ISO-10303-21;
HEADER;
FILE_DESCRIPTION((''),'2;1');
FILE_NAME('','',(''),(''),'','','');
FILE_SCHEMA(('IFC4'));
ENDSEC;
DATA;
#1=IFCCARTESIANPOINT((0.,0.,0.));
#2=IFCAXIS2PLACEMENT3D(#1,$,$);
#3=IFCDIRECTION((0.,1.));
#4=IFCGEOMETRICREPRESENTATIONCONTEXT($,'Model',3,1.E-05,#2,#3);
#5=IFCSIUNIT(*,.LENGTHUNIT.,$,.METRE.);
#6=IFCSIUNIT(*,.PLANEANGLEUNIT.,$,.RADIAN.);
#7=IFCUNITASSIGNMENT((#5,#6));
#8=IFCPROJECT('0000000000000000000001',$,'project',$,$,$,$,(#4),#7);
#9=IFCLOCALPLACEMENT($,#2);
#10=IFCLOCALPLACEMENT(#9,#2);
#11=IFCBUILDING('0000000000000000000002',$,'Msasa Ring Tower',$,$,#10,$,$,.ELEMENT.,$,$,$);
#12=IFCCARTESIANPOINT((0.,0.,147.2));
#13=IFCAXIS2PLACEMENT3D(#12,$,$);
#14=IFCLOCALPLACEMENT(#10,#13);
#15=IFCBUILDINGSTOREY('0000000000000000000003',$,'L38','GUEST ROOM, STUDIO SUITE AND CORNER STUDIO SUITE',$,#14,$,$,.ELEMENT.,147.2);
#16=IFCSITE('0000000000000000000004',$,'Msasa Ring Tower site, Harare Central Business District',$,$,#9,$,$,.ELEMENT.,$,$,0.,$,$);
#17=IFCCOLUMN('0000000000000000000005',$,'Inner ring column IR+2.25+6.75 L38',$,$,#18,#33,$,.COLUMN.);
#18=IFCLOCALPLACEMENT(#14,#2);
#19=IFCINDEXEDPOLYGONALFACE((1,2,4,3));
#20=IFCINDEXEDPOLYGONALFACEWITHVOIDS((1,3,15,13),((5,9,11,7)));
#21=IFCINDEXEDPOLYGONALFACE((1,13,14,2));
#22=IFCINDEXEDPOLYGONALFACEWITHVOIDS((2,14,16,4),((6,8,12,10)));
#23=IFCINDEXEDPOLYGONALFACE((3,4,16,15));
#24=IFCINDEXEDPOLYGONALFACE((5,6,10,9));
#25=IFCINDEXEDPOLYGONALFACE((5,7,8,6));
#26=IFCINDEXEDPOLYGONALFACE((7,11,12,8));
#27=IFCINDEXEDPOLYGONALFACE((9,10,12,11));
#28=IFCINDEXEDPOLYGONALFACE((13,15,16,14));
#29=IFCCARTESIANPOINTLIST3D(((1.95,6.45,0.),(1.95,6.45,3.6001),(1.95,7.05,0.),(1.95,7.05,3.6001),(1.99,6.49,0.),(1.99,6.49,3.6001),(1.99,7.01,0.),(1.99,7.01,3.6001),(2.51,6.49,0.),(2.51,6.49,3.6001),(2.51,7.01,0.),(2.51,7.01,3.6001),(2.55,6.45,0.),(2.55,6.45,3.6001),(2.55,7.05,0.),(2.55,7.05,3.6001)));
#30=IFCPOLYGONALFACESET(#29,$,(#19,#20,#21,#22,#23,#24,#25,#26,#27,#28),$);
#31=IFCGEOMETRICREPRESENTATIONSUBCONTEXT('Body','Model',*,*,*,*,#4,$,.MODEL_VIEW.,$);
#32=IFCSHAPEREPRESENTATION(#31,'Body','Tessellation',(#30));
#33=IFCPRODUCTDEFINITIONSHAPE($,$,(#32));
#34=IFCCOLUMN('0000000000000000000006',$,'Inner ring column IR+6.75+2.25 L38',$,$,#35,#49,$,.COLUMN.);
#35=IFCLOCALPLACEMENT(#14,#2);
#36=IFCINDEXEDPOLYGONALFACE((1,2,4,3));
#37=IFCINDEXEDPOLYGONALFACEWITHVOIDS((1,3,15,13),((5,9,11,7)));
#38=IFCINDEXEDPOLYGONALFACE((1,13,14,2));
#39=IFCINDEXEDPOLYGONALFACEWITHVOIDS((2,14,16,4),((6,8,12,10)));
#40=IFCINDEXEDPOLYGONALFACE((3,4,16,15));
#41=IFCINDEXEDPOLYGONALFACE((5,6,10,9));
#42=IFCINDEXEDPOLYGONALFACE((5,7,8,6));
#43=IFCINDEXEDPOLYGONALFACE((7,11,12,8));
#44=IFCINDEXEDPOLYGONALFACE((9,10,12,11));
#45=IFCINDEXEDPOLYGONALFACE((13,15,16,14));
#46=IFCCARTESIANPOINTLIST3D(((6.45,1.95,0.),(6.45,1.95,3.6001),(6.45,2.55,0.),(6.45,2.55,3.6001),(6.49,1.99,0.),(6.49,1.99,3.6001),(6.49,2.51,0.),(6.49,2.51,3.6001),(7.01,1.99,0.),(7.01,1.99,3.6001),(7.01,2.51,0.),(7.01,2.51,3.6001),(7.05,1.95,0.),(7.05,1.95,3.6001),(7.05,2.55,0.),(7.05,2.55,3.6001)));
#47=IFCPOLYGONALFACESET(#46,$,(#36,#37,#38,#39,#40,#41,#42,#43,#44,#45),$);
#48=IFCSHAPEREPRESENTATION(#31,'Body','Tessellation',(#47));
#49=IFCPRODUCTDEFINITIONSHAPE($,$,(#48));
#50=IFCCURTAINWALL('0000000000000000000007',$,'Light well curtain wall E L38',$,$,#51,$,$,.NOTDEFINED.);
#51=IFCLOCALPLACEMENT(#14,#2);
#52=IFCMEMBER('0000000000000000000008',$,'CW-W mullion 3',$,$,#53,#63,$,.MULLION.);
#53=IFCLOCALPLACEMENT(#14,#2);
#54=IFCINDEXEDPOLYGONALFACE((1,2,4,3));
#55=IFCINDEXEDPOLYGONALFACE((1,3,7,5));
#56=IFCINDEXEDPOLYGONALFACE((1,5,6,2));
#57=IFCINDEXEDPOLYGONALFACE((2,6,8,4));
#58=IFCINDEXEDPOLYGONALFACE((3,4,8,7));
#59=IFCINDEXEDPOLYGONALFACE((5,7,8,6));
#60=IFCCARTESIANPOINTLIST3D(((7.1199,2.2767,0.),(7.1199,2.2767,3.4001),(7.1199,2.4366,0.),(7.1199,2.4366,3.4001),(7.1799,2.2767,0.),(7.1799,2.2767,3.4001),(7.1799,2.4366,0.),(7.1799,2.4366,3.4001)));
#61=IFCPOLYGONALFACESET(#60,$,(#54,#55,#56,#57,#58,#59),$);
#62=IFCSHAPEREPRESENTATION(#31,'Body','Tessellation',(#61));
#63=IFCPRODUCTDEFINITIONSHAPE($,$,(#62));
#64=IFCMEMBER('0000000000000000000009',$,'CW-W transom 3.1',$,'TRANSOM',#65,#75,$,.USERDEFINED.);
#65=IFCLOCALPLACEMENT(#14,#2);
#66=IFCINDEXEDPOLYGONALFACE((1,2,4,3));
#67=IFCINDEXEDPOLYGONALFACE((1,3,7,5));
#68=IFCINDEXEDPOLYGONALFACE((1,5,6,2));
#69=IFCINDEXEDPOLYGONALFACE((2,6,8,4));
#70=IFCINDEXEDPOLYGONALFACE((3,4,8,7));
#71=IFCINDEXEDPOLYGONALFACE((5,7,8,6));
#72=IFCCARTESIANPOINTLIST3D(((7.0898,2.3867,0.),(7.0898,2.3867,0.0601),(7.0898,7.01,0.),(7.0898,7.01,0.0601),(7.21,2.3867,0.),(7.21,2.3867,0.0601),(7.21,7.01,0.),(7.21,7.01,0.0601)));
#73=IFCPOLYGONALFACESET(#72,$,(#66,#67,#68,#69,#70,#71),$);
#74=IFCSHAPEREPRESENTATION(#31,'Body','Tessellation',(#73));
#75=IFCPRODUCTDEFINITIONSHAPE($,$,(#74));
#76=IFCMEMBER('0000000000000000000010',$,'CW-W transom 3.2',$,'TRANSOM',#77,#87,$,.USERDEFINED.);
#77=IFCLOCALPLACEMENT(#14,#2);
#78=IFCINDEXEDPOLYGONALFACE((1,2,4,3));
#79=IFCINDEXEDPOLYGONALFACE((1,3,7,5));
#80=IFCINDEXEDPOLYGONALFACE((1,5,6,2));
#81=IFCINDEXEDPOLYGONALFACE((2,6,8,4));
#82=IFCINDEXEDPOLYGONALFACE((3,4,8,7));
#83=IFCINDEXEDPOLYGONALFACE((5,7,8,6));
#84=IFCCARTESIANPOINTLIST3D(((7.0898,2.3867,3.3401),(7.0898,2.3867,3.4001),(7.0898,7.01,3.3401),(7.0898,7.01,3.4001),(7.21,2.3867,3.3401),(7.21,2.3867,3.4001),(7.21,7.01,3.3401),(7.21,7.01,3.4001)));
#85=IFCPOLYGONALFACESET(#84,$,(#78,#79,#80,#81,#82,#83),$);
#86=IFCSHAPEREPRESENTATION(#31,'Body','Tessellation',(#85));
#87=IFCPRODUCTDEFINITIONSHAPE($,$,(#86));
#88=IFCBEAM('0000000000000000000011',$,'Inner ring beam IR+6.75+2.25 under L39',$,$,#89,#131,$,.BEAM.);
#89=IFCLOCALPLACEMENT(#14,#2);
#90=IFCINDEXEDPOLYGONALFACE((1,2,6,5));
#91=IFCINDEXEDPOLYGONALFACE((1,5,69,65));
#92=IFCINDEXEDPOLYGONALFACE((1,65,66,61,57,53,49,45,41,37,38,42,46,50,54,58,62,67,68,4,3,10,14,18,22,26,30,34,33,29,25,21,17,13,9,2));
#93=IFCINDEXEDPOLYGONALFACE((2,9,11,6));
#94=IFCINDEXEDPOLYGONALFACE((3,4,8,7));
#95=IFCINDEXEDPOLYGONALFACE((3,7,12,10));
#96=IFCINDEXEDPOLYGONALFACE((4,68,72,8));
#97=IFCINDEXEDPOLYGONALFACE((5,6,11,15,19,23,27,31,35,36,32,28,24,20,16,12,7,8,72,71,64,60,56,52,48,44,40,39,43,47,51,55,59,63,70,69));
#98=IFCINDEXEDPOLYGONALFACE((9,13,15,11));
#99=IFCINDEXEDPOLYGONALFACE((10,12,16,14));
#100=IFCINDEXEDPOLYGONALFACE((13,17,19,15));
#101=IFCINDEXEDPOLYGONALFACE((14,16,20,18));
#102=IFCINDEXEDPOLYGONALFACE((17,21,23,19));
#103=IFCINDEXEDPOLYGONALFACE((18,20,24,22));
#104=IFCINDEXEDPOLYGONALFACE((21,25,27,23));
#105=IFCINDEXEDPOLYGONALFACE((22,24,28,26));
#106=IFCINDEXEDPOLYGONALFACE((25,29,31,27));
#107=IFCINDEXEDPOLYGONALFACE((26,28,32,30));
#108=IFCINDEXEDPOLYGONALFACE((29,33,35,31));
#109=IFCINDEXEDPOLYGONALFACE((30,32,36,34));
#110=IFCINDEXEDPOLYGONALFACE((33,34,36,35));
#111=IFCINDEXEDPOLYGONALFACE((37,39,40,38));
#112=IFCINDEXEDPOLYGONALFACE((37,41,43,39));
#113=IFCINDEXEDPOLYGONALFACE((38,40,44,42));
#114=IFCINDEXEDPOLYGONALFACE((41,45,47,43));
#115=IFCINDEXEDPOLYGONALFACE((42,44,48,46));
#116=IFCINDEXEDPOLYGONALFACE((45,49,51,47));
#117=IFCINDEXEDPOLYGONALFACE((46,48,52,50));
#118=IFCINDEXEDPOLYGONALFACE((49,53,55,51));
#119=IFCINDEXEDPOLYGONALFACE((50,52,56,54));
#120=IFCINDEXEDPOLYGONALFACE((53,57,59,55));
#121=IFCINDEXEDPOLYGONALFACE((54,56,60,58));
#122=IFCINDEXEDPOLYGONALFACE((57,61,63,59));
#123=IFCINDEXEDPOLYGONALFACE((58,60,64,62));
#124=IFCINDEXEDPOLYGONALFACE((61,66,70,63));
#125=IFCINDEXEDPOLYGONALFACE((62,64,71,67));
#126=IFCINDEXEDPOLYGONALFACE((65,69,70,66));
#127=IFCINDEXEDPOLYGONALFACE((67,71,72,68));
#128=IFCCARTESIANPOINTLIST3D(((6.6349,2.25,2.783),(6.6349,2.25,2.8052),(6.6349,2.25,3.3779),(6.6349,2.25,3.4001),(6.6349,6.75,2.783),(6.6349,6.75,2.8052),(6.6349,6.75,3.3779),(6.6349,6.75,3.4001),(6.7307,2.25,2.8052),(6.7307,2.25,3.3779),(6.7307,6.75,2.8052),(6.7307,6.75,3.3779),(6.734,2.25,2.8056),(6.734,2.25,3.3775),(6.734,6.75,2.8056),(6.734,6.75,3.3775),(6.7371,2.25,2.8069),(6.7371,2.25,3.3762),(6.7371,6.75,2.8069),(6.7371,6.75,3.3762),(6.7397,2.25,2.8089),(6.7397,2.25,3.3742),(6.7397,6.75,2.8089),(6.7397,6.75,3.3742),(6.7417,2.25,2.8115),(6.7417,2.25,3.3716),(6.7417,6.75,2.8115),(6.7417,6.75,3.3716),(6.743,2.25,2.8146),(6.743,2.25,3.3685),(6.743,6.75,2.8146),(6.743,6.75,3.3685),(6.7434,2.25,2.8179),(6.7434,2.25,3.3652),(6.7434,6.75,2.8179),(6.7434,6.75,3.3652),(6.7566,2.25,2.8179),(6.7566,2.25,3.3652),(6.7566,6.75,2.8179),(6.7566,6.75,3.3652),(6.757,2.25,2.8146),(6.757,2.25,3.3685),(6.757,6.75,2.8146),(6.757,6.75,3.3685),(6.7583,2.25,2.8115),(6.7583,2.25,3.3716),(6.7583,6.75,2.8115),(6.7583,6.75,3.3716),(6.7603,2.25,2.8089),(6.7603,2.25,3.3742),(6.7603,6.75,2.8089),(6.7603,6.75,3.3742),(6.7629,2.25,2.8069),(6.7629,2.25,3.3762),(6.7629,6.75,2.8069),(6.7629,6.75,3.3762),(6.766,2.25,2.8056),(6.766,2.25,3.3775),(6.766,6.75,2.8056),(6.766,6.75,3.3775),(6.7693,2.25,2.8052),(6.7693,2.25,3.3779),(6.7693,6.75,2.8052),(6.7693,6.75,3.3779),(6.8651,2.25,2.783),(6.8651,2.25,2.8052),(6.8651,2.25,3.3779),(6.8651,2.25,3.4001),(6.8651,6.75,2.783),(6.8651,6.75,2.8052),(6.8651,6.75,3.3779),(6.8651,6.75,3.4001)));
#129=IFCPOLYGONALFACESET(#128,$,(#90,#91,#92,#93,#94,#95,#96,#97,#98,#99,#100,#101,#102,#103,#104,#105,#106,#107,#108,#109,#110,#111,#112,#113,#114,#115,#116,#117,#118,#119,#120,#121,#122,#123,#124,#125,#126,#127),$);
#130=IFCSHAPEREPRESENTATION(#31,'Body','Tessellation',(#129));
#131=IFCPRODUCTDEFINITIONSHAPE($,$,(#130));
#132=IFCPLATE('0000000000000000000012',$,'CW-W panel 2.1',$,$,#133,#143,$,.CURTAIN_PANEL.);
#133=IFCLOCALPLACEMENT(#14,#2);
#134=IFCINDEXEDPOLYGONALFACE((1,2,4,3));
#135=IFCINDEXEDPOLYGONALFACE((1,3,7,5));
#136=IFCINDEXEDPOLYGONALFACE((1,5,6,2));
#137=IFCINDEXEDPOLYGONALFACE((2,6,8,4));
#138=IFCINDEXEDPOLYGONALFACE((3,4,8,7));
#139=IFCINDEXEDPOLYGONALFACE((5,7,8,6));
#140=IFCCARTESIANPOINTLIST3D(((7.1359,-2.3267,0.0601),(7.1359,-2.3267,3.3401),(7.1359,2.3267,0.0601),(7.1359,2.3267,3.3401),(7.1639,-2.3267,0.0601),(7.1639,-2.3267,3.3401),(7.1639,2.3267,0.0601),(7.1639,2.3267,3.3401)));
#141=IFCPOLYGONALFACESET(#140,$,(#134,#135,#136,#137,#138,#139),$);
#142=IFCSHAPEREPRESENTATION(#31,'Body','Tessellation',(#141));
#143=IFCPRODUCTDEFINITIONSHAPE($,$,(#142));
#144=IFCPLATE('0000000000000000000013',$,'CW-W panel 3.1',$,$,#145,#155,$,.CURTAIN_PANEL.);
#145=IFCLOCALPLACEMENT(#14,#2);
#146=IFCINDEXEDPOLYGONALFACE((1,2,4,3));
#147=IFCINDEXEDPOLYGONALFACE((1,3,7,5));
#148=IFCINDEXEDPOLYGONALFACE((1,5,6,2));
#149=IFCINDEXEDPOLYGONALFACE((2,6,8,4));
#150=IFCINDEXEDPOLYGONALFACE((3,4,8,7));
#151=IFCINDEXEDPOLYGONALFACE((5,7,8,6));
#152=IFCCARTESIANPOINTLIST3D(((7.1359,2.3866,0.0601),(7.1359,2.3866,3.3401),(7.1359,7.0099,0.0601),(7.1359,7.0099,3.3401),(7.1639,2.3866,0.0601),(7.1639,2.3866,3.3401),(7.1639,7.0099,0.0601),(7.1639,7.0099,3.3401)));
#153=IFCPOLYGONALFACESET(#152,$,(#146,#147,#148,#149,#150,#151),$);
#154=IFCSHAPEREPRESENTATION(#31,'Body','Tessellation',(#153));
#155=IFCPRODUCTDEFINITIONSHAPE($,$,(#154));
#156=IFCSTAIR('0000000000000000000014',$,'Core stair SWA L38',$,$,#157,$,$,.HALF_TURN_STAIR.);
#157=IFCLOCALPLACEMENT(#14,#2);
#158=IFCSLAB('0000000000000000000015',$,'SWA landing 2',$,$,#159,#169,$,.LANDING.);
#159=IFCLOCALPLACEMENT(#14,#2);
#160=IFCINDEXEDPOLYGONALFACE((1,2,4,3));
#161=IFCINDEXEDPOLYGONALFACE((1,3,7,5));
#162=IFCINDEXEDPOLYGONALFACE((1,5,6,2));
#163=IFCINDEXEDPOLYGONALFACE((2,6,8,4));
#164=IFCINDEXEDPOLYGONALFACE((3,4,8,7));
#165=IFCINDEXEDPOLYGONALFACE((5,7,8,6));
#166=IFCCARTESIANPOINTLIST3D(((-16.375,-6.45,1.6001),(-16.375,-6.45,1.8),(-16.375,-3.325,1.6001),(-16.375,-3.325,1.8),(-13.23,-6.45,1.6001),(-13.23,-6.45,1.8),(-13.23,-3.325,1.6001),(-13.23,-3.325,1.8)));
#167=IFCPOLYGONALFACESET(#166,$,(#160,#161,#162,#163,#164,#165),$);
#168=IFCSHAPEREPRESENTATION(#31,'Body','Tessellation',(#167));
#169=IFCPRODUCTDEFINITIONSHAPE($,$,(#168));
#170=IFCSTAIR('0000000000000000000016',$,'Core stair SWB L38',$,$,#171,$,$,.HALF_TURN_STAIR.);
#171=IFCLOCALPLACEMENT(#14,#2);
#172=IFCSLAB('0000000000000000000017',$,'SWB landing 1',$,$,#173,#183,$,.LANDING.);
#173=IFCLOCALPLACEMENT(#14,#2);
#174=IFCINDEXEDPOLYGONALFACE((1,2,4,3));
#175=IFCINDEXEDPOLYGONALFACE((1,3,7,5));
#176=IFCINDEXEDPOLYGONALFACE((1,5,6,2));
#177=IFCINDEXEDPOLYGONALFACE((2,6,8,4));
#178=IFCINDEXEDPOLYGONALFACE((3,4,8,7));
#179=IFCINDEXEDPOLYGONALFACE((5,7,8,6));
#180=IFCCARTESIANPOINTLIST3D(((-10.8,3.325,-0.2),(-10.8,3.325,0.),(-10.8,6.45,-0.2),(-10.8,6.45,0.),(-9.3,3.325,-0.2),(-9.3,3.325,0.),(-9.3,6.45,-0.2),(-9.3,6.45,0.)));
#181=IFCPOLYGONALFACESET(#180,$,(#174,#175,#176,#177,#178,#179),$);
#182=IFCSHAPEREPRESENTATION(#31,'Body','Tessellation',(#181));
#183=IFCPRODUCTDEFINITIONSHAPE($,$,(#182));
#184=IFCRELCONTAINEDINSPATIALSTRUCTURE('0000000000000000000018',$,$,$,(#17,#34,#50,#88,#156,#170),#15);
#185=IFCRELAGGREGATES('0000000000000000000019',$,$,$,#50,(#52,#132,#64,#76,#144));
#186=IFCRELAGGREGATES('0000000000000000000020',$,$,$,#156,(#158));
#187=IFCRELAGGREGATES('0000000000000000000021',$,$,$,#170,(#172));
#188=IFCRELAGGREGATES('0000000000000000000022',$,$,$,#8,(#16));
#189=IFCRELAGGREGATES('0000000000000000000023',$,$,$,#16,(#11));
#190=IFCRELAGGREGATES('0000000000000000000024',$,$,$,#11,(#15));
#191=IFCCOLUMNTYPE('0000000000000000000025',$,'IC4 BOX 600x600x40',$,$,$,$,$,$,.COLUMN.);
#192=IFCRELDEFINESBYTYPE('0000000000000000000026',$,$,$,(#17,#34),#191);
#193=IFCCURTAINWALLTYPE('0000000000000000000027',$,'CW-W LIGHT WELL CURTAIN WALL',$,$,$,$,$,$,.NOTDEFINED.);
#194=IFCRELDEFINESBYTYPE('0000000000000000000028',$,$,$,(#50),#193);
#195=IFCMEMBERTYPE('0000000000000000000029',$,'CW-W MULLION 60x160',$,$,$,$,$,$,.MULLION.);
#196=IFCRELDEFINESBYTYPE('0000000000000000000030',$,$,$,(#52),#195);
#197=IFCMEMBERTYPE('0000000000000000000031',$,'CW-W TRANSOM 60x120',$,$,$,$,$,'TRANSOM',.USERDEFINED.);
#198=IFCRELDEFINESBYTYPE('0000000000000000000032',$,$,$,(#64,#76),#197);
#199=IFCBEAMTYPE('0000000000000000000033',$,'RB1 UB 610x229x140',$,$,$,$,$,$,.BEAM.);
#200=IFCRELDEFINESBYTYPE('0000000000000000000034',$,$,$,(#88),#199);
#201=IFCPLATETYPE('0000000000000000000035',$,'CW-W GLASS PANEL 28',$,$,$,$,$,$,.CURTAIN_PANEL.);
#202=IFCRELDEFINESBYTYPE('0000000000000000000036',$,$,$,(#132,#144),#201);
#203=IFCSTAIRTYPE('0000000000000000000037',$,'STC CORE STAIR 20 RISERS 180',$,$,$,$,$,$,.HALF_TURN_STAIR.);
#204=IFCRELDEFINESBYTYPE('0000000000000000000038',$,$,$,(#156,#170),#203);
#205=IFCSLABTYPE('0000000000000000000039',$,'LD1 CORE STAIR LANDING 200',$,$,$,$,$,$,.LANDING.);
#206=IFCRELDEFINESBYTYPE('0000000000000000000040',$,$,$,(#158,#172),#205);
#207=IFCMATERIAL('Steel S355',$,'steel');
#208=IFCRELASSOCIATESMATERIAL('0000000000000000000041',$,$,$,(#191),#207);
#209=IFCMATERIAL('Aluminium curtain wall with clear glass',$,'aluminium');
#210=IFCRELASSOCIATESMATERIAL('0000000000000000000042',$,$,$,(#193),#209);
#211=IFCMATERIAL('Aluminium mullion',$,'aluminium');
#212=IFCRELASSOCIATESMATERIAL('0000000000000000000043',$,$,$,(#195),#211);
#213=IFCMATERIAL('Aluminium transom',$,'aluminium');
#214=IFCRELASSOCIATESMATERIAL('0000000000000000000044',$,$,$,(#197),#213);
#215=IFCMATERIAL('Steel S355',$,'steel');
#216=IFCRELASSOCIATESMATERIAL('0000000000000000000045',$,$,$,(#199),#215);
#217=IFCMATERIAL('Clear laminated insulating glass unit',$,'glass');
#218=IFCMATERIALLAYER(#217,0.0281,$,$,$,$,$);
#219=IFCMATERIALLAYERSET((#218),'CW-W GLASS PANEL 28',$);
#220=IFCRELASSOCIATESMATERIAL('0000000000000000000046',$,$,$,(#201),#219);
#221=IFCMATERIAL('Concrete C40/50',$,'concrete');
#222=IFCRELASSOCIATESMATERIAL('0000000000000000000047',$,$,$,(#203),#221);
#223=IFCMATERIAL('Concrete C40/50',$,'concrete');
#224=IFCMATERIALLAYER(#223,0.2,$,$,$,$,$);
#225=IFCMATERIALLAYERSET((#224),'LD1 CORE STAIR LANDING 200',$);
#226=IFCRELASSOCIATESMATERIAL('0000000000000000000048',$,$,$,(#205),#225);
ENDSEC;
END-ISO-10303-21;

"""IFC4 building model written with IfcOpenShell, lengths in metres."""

from ifc_helpers import new_model, si_unit, direction, frame, origin, origin_2d, place, context, subcontext, project, spatial, polyline, rectangle, hollow_rectangle, i_section, outline, extrude, material, layer, layer_set, material_profile, profile_set, type_object, element, aggregate, save


model = new_model("IFC4")

# Units and contexts
model_context = context("Model", 3, precision=1e-05, world=origin(), true_north=direction((0.0, 1.0)))
body_context = subcontext(model_context, "Body", "Model", "MODEL_VIEW")
ifc_project = project(units=[si_unit("LENGTHUNIT", "METRE"), si_unit("PLANEANGLEUNIT", "RADIAN")], contexts=[model_context])

# Site, building, storey
site_placement = place(None, origin())
site = spatial("IfcSite", under=ifc_project, at=site_placement, Name="Msasa Ring Tower site, Harare Central Business District", CompositionType="ELEMENT", RefElevation=0.0)
building_placement = place(site_placement, origin())
building = spatial("IfcBuilding", under=site, at=building_placement, Name="Msasa Ring Tower", CompositionType="ELEMENT")
storey_placement = place(building_placement, frame((0.0, 0.0, 147.2)))
storey = spatial("IfcBuildingStorey", under=building, at=storey_placement, Name="L38", Description="GUEST ROOM, STUDIO SUITE AND CORNER STUDIO SUITE", CompositionType="ELEMENT", Elevation=147.2)

# Columns
ifc_material_1 = material(Name="Steel S355", Category="steel")
ifc_material_profile_1 = material_profile(ifc_material_1, hollow_rectangle(XDim=0.6001, YDim=0.6001, WallThickness=0.04, at=origin_2d()), Name="BOX 600x600x40")
ifc_profile_set_1 = profile_set([ifc_material_profile_1], Name="Steel S355")
column_type = type_object("IfcColumnType", Name="IC4 BOX 600x600x40", PredefinedType="COLUMN", material=ifc_profile_set_1)
for number, where, z_axis, x_axis, name in (
    (1, (2.25, 6.75, 0.0), (0.0, 0.0, 1.0), (1.0, 0.0, 0.0), "Inner ring column IR+2.25+6.75 L38"),
    (2, (6.75, 2.25, 0.0), (0.0, 0.0, 1.0), (1.0, 0.0, 0.0), "Inner ring column IR+6.75+2.25 L38"),
):
    element("IfcColumn", number, at=place(storey_placement, frame(where, z_axis=z_axis, x_axis=x_axis)), inside=storey, type_object=column_type, Name=name, PredefinedType="COLUMN", context=body_context, shape_type="SweptSolid", body=[
        extrude(hollow_rectangle(XDim=0.6001, YDim=0.6001, WallThickness=0.04, at=origin_2d()), origin(), (0.0, 0.0, 1.0), 3.6001),
    ])

# Curtain wall, members
ifc_material_2 = material(Name="Aluminium curtain wall with clear glass", Category="aluminium")
curtain_wall_type = type_object("IfcCurtainWallType", Name="CW-W LIGHT WELL CURTAIN WALL", PredefinedType="NOTDEFINED", material=ifc_material_2)
curtain_wall_placement = place(storey_placement, origin())
curtain_wall = element("IfcCurtainWall", 3, at=curtain_wall_placement, inside=storey, type_object=curtain_wall_type, Name="Light well curtain wall E L38", PredefinedType="NOTDEFINED")
ifc_material_3 = material(Name="Aluminium mullion", Category="aluminium")
ifc_material_profile_2 = material_profile(ifc_material_3, rectangle(XDim=0.0601, YDim=0.1599, at=origin_2d()), Name="AL 60x160")
ifc_profile_set_2 = profile_set([ifc_material_profile_2], Name="Aluminium mullion")
member_type_1 = type_object("IfcMemberType", Name="CW-W MULLION 60x160", PredefinedType="MULLION", material=ifc_profile_set_2)
member_1_placement = place(storey_placement, frame((7.1499, 2.3567, 0.0), z_axis=(0.0, 0.0, 1.0), x_axis=(-1.0, 0.0, 0.0)))
member_1 = element("IfcMember", 4, at=member_1_placement, type_object=member_type_1, Name="CW-W mullion 3", PredefinedType="MULLION", context=body_context, shape_type="SweptSolid", body=[
    extrude(rectangle(XDim=0.0601, YDim=0.1599, at=origin_2d()), origin(), (0.0, 0.0, 1.0), 3.4001),
])
ifc_material_4 = material(Name="Aluminium transom", Category="aluminium")
ifc_material_profile_3 = material_profile(ifc_material_4, rectangle(XDim=0.1201, YDim=0.0601, at=origin_2d()), Name="AL 60x120")
ifc_profile_set_3 = profile_set([ifc_material_profile_3], Name="Aluminium transom")
member_type_2 = type_object("IfcMemberType", Name="CW-W TRANSOM 60x120", ElementType="TRANSOM", PredefinedType="USERDEFINED", material=ifc_profile_set_3)
member_2_placement = place(storey_placement, frame((7.1499, 2.3867, 0.03), z_axis=(0.0, 1.0, 0.0), x_axis=(-1.0, 0.0, 0.0)))
member_2 = element("IfcMember", 5, at=member_2_placement, type_object=member_type_2, Name="CW-W transom 3.1", ObjectType="TRANSOM", PredefinedType="USERDEFINED", context=body_context, shape_type="SweptSolid", body=[
    extrude(rectangle(XDim=0.1201, YDim=0.0601, at=origin_2d()), origin(), (0.0, 0.0, 1.0), 4.6233),
])
member_3_placement = place(storey_placement, frame((7.1499, 2.3867, 3.3701), z_axis=(0.0, 1.0, 0.0), x_axis=(-1.0, 0.0, 0.0)))
member_3 = element("IfcMember", 6, at=member_3_placement, type_object=member_type_2, Name="CW-W transom 3.2", ObjectType="TRANSOM", PredefinedType="USERDEFINED", context=body_context, shape_type="SweptSolid", body=[
    extrude(rectangle(XDim=0.1201, YDim=0.0601, at=origin_2d()), origin(), (0.0, 0.0, 1.0), 4.6233),
])

# Beam
ifc_material_5 = material(Name="Steel S355", Category="steel")
ifc_material_profile_4 = material_profile(ifc_material_5, i_section(OverallWidth=0.2302, OverallDepth=0.6172, WebThickness=0.0132, FlangeThickness=0.0222, FilletRadius=0.0127, at=origin_2d()), Name="UB 610x229x140")
ifc_profile_set_4 = profile_set([ifc_material_profile_4], Name="Steel S355")
beam_type = type_object("IfcBeamType", Name="RB1 UB 610x229x140", PredefinedType="BEAM", material=ifc_profile_set_4)
beam_placement = place(storey_placement, frame((6.75, 2.25, 3.0916), z_axis=(0.0, 1.0, 0.0), x_axis=(-1.0, 0.0, 0.0)))
element("IfcBeam", 7, at=beam_placement, inside=storey, type_object=beam_type, Name="Inner ring beam IR+6.75+2.25 under L39", PredefinedType="BEAM", context=body_context, shape_type="SweptSolid", body=[
    extrude(i_section(OverallWidth=0.2302, OverallDepth=0.6172, WebThickness=0.0132, FlangeThickness=0.0222, FilletRadius=0.0127, at=origin_2d()), origin(), (0.0, 0.0, 1.0), 4.5),
])

# Plates
ifc_material_6 = material(Name="Clear laminated insulating glass unit", Category="glass")
ifc_layer_1 = layer(ifc_material_6, 0.0281)
ifc_layer_set_1 = layer_set([ifc_layer_1], Name="CW-W GLASS PANEL 28")
plate_type = type_object("IfcPlateType", Name="CW-W GLASS PANEL 28", PredefinedType="CURTAIN_PANEL", material=ifc_layer_set_1)
plate_1_placement = place(storey_placement, frame((7.1499, 0.0, 0.0601), z_axis=(0.0, 0.0, 1.0), x_axis=(0.0, 1.0, 0.0)))
plate_1 = element("IfcPlate", 8, at=plate_1_placement, type_object=plate_type, Name="CW-W panel 2.1", PredefinedType="CURTAIN_PANEL", context=body_context, shape_type="SweptSolid", body=[
    extrude(rectangle(XDim=4.6533, YDim=0.0281, at=origin_2d()), origin(), (0.0, 0.0, 1.0), 3.28),
])
plate_2_placement = place(storey_placement, frame((7.1499, 4.6982, 0.0601), z_axis=(0.0, 0.0, 1.0), x_axis=(0.0, 1.0, 0.0)))
plate_2 = element("IfcPlate", 9, at=plate_2_placement, type_object=plate_type, Name="CW-W panel 3.1", PredefinedType="CURTAIN_PANEL", context=body_context, shape_type="SweptSolid", body=[
    extrude(rectangle(XDim=4.6233, YDim=0.0281, at=origin_2d()), origin(), (0.0, 0.0, 1.0), 3.28),
])
aggregate(curtain_wall, [member_1, plate_1, member_2, member_3, plate_2])

# Stair, slab
ifc_material_7 = material(Name="Concrete C40/50", Category="concrete")
stair_type = type_object("IfcStairType", Name="STC CORE STAIR 20 RISERS 180", PredefinedType="HALF_TURN_STAIR", material=ifc_material_7)
stair_1_placement = place(storey_placement, origin())
stair_1 = element("IfcStair", 10, at=stair_1_placement, inside=storey, type_object=stair_type, Name="Core stair SWA L38", PredefinedType="HALF_TURN_STAIR")
ifc_material_8 = material(Name="Concrete C40/50", Category="concrete")
ifc_layer_2 = layer(ifc_material_8, 0.2)
ifc_layer_set_2 = layer_set([ifc_layer_2], Name="LD1 CORE STAIR LANDING 200")
slab_type = type_object("IfcSlabType", Name="LD1 CORE STAIR LANDING 200", PredefinedType="LANDING", material=ifc_layer_set_2)
slab_1_placement = place(storey_placement, frame((0.0, 0.0, 1.6001)))
slab_1 = element("IfcSlab", 11, at=slab_1_placement, type_object=slab_type, Name="SWA landing 2", PredefinedType="LANDING", context=body_context, shape_type="SweptSolid", body=[
    extrude(outline(polyline([(-16.375, -6.45), (-13.23, -6.45), (-13.23, -3.325), (-16.375, -3.325), (-16.375, -6.45)])), origin(), (0.0, 0.0, 1.0), 0.2),
])
aggregate(stair_1, [slab_1])

# Stair, slab
stair_2_placement = place(storey_placement, origin())
stair_2 = element("IfcStair", 12, at=stair_2_placement, inside=storey, type_object=stair_type, Name="Core stair SWB L38", PredefinedType="HALF_TURN_STAIR")
slab_2_placement = place(storey_placement, frame((0.0, 0.0, -0.2)))
slab_2 = element("IfcSlab", 13, at=slab_2_placement, type_object=slab_type, Name="SWB landing 1", PredefinedType="LANDING", context=body_context, shape_type="SweptSolid", body=[
    extrude(outline(polyline([(-10.8, 3.325), (-9.3, 3.325), (-9.3, 6.45), (-10.8, 6.45), (-10.8, 3.325)])), origin(), (0.0, 0.0, 1.0), 0.2),
])
aggregate(stair_2, [slab_2])

save(model, "model.ifc")
